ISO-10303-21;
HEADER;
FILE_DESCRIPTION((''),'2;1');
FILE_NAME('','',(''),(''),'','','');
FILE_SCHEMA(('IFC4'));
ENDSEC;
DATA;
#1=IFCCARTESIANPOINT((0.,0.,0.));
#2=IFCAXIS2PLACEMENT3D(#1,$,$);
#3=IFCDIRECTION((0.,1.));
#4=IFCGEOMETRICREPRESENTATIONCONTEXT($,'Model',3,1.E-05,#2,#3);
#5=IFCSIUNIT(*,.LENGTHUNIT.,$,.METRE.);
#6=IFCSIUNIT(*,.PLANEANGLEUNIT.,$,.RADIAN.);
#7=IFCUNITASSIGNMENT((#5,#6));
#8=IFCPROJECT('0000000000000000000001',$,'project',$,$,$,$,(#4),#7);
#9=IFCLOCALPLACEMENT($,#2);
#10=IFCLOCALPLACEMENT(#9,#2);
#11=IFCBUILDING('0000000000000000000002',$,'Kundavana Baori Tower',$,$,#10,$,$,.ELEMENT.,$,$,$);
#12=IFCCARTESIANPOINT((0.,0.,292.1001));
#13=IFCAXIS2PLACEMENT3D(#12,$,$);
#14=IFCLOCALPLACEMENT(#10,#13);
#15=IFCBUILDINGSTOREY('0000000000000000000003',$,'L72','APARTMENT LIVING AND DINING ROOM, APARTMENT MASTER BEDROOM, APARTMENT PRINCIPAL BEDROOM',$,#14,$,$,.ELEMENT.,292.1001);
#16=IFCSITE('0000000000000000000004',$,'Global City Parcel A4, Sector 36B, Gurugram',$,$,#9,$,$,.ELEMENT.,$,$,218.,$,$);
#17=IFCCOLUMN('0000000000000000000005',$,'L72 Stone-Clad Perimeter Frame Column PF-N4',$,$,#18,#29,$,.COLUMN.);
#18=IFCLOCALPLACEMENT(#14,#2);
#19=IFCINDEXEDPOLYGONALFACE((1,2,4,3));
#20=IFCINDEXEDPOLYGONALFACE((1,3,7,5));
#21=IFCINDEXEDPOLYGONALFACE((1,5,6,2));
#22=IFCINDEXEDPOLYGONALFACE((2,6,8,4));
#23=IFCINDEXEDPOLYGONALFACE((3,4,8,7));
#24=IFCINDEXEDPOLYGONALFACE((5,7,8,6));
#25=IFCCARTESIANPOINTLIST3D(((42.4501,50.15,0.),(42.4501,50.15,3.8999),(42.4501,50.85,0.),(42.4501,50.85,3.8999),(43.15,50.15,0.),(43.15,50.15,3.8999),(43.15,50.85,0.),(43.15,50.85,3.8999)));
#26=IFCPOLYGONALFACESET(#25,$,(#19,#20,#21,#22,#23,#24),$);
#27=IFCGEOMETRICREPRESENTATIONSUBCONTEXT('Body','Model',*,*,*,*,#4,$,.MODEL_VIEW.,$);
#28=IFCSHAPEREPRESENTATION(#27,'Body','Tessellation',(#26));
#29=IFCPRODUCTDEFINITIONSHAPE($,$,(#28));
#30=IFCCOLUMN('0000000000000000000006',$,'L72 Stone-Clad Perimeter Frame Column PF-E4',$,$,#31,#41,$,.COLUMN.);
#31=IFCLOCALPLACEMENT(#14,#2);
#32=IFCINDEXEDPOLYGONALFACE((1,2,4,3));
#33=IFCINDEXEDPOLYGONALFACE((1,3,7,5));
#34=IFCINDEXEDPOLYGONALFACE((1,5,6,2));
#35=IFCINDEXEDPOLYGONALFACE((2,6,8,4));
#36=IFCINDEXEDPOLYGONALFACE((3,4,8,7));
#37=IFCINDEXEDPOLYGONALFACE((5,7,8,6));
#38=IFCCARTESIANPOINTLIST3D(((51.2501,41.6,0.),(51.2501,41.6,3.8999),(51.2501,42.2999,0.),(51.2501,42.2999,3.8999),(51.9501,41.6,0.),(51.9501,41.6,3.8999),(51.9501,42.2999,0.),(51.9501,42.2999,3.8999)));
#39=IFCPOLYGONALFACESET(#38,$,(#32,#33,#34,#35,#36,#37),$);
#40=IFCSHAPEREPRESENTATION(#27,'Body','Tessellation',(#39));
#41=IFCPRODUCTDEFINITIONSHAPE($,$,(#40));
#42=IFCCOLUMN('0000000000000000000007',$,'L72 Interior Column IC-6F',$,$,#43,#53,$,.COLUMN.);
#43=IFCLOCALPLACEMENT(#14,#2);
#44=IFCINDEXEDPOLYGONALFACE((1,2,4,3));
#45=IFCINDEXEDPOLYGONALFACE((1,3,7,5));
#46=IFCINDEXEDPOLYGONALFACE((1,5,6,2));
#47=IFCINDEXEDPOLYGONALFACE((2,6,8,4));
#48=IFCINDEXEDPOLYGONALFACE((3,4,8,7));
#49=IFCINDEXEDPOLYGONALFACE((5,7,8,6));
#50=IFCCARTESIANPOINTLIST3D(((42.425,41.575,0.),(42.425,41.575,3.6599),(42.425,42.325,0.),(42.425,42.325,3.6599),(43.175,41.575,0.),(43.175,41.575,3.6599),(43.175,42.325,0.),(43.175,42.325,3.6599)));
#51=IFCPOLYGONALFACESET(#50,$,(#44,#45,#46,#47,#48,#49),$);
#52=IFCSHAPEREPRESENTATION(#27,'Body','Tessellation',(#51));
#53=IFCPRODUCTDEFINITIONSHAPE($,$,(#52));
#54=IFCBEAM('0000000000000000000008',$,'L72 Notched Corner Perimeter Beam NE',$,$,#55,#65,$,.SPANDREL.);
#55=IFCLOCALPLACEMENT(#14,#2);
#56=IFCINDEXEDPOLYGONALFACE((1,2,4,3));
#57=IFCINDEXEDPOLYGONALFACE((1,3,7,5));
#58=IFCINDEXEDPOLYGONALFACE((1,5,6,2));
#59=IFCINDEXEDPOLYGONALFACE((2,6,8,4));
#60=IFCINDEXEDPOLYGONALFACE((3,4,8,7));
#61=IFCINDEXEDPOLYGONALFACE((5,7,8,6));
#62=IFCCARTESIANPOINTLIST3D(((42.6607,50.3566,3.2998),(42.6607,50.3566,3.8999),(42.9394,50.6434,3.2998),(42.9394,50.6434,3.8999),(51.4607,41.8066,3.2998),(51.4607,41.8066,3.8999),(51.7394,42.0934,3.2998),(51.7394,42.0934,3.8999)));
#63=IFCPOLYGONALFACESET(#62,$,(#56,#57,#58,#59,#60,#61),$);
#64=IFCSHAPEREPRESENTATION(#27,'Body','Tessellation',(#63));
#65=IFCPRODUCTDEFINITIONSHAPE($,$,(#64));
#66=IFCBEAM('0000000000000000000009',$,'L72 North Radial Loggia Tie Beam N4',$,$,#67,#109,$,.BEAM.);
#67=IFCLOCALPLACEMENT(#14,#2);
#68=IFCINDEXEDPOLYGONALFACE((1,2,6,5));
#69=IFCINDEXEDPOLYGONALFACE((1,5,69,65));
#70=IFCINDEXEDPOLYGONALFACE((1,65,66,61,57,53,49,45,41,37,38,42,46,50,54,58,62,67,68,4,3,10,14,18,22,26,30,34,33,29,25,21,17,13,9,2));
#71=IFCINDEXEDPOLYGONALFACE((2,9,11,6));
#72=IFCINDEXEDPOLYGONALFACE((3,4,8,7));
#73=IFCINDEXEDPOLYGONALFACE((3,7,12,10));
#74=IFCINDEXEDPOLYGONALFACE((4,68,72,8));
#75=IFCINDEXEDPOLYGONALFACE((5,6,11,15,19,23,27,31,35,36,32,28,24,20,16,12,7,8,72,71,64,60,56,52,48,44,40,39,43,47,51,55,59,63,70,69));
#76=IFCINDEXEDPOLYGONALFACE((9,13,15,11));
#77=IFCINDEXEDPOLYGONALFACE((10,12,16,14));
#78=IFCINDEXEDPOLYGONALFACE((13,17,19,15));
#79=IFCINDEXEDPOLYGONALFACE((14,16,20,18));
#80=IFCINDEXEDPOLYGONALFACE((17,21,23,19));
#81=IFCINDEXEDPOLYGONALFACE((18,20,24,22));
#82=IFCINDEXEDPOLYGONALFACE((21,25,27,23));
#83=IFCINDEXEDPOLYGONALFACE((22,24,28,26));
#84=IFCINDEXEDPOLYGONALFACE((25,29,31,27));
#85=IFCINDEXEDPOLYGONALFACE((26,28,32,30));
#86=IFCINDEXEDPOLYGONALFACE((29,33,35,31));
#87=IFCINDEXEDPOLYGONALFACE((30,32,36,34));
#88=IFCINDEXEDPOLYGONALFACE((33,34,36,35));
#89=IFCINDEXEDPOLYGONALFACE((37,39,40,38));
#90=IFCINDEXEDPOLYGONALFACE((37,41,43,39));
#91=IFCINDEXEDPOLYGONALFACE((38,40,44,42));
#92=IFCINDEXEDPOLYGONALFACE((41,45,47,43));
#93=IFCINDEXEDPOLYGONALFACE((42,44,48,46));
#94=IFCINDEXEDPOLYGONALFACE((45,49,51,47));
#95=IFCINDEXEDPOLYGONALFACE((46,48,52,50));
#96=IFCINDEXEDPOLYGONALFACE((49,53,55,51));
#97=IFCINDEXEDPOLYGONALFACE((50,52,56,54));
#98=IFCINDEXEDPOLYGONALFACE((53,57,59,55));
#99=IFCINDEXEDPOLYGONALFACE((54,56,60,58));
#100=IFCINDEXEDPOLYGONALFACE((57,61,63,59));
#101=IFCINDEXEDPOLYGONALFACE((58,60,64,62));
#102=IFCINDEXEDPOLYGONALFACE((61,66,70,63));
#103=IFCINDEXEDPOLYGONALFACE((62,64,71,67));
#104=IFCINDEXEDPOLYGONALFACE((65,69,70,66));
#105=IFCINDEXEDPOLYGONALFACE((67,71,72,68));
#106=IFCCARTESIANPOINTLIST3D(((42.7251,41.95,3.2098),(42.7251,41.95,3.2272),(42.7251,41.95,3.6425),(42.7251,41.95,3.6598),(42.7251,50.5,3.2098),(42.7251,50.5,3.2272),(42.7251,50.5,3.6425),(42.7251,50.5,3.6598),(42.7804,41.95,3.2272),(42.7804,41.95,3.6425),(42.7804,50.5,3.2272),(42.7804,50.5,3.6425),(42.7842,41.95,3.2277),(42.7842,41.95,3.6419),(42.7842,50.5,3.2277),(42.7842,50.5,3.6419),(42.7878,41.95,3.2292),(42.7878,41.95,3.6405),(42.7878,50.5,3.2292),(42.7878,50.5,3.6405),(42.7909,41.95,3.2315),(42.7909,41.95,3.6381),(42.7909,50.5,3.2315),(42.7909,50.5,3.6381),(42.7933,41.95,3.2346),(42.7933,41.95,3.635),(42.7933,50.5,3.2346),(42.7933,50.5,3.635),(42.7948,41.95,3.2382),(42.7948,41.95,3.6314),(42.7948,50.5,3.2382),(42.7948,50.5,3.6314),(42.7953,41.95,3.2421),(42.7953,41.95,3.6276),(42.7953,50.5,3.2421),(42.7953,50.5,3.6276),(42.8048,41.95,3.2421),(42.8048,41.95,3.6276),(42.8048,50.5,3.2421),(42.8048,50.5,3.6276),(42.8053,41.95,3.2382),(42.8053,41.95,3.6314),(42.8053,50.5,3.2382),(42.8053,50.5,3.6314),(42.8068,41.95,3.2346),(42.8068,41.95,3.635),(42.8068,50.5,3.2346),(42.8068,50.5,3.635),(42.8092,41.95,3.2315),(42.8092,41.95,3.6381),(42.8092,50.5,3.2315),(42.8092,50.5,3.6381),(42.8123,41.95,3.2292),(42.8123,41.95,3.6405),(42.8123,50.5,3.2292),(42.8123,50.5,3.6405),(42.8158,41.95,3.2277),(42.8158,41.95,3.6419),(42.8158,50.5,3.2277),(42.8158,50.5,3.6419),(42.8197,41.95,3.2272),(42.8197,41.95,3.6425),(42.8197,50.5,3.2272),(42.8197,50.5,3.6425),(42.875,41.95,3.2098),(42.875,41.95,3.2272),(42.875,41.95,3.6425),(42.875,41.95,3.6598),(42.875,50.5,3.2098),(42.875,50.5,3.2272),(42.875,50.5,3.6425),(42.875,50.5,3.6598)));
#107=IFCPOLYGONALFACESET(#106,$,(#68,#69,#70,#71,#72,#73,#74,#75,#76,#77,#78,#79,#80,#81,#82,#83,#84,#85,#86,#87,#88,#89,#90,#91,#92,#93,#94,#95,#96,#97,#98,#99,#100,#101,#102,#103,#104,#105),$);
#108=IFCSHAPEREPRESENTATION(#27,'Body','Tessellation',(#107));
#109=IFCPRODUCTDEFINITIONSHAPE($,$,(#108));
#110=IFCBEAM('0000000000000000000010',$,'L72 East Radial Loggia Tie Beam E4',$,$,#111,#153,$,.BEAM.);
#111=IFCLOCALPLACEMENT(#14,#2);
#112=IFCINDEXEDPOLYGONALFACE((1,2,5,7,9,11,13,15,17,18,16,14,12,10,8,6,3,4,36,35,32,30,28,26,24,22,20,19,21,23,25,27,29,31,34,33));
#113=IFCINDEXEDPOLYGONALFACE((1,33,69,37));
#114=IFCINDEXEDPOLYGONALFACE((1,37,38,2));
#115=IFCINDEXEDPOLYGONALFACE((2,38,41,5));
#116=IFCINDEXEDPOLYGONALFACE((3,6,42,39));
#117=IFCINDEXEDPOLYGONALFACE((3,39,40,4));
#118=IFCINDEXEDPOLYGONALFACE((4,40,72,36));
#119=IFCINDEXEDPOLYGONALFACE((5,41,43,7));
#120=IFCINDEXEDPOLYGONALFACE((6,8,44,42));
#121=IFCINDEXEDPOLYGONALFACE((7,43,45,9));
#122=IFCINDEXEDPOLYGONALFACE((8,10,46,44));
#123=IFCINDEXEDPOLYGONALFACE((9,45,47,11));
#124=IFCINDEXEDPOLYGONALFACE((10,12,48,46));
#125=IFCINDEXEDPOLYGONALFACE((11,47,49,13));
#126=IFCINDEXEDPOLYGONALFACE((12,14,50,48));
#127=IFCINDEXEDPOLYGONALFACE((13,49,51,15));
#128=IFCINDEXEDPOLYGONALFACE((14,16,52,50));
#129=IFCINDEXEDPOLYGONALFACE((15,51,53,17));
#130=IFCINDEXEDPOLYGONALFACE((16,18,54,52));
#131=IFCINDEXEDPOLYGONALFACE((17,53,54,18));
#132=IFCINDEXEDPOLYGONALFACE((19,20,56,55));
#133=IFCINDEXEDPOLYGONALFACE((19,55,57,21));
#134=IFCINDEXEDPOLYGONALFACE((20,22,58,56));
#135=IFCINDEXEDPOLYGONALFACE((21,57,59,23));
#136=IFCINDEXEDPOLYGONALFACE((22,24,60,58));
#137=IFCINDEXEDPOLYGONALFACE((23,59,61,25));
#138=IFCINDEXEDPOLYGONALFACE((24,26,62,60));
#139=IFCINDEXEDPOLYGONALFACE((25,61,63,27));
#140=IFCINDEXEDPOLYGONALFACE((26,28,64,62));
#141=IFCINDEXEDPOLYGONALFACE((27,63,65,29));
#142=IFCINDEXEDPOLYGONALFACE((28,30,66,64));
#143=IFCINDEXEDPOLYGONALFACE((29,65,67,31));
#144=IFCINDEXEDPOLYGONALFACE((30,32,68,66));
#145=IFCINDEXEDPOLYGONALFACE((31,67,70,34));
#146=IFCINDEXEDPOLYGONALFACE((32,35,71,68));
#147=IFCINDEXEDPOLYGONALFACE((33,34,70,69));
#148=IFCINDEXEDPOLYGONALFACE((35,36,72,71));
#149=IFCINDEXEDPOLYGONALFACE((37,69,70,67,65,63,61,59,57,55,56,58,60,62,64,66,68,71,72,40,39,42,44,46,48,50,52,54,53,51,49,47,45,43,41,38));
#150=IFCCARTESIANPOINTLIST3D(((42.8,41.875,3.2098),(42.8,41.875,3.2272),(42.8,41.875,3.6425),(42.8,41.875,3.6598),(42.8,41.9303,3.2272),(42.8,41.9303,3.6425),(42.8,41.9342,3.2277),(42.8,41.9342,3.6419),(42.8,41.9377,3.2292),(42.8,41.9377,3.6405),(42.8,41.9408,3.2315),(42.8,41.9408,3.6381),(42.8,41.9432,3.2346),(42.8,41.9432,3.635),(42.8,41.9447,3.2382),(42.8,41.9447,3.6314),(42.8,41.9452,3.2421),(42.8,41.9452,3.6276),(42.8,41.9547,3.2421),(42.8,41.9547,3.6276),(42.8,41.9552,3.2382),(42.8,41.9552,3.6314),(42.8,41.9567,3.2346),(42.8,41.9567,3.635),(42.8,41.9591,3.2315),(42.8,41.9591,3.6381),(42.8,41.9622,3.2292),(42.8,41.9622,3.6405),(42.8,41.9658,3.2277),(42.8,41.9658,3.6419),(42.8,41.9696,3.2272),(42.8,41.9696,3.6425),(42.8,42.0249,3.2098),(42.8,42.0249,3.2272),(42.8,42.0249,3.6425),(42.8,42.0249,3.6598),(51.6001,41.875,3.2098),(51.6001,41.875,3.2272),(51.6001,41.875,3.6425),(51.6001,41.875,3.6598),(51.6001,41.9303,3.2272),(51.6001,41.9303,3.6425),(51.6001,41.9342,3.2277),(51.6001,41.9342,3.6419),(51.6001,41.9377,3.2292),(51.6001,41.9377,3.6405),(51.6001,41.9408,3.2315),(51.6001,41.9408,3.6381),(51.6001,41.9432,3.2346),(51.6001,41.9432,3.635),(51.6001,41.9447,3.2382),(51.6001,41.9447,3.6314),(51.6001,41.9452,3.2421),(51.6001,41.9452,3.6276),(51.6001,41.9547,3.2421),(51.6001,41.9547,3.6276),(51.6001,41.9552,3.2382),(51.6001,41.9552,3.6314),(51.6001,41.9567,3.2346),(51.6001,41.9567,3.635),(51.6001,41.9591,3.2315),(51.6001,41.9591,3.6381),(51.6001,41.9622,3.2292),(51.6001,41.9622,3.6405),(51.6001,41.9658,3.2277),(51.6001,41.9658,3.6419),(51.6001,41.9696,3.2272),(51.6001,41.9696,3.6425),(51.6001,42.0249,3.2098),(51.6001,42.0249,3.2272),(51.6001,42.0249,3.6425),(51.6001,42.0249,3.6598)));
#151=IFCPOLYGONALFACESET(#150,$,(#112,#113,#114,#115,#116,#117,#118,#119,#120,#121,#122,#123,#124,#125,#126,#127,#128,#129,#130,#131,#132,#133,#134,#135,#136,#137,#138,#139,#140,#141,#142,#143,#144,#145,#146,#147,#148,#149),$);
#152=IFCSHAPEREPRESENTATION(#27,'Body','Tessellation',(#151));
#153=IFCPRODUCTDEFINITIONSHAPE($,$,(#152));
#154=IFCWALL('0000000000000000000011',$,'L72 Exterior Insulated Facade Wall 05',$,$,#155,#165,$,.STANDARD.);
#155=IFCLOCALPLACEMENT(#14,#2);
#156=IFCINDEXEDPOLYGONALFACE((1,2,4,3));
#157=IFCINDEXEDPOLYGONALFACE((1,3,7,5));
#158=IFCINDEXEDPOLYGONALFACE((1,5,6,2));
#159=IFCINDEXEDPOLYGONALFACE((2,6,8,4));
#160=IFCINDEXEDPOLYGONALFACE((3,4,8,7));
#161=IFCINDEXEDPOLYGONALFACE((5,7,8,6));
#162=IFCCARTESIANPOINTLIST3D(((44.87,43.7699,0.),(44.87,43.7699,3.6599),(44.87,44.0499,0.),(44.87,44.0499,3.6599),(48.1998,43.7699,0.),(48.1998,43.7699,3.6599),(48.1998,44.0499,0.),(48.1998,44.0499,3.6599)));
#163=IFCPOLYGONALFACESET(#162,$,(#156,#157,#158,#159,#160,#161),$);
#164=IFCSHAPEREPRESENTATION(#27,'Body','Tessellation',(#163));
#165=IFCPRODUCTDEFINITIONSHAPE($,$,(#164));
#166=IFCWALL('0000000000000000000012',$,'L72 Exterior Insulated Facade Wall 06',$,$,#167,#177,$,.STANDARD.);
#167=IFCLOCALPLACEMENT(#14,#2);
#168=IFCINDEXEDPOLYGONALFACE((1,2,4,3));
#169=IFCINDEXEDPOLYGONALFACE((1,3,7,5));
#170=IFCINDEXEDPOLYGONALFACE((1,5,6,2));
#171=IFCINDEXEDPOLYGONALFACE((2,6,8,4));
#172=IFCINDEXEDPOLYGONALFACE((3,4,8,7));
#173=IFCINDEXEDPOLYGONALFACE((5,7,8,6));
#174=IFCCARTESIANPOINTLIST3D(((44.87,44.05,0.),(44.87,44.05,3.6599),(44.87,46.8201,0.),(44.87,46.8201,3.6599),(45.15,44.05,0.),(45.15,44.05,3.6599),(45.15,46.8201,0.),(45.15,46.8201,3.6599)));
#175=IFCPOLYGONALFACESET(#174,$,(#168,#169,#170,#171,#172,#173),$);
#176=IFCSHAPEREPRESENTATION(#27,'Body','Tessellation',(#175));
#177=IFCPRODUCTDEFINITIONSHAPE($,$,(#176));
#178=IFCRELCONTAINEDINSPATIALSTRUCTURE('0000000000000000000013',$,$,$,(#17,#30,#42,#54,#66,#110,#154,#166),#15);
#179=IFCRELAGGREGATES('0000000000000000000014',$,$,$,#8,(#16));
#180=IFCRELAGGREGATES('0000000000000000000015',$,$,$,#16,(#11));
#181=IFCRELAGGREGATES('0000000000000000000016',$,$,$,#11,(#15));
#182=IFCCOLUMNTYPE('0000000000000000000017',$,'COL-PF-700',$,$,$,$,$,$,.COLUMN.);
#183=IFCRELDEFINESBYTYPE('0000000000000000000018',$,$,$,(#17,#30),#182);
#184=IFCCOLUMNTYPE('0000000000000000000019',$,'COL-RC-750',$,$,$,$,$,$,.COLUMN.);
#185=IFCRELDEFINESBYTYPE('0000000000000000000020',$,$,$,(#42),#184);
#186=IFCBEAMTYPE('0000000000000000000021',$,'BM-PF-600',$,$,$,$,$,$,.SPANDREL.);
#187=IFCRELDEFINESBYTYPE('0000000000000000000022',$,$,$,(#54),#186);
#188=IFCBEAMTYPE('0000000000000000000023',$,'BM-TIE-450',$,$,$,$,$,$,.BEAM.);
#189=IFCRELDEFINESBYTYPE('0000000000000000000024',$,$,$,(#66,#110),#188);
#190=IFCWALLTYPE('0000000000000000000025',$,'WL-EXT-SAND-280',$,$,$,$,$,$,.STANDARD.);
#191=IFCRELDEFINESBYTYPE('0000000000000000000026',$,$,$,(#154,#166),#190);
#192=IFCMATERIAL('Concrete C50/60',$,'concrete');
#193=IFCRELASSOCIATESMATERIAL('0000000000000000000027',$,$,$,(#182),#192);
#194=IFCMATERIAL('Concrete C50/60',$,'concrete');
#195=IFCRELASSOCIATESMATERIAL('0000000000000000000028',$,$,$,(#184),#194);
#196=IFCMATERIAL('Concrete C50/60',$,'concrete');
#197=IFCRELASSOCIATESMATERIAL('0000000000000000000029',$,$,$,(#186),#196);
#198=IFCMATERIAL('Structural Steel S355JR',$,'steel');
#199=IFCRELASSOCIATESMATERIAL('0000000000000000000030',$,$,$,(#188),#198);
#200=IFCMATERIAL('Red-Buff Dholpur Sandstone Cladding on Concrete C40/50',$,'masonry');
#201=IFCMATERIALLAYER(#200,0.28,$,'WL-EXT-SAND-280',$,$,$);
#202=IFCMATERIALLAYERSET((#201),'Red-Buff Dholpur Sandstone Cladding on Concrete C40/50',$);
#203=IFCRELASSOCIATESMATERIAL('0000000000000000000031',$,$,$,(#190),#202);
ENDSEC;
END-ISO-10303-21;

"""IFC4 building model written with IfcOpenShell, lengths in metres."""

from ifc_helpers import new_model, si_unit, direction, frame, frame_2d, origin, origin_2d, place, context, subcontext, project, spatial, rectangle, i_section, extrude, material, layer, layer_set, material_profile, profile_set, type_object, element, save


model = new_model("IFC4")

# Units and contexts
model_context = context("Model", 3, precision=1e-05, world=origin(), true_north=direction((0.0, 1.0)))
body_context = subcontext(model_context, "Body", "Model", "MODEL_VIEW")
ifc_project = project(units=[si_unit("LENGTHUNIT", "METRE"), si_unit("PLANEANGLEUNIT", "RADIAN")], contexts=[model_context])

# Site, building, storey
site_placement = place(None, origin())
site = spatial("IfcSite", under=ifc_project, at=site_placement, Name="Global City Parcel A4, Sector 36B, Gurugram", CompositionType="ELEMENT", RefElevation=218.0)
building_placement = place(site_placement, origin())
building = spatial("IfcBuilding", under=site, at=building_placement, Name="Kundavana Baori Tower", CompositionType="ELEMENT")
storey_placement = place(building_placement, frame((0.0, 0.0, 292.1001)))
storey = spatial("IfcBuildingStorey", under=building, at=storey_placement, Name="L72", Description="APARTMENT LIVING AND DINING ROOM, APARTMENT MASTER BEDROOM, APARTMENT PRINCIPAL BEDROOM", CompositionType="ELEMENT", Elevation=292.1001)

# Columns
ifc_material_1 = material(Name="Concrete C50/60", Category="concrete")
ifc_material_profile_1 = material_profile(ifc_material_1, rectangle(XDim=0.7, YDim=0.7, at=origin_2d()), Name="RC PF 700x700")
ifc_profile_set_1 = profile_set([ifc_material_profile_1], Name="Concrete C50/60")
column_type_1 = type_object("IfcColumnType", Name="COL-PF-700", PredefinedType="COLUMN", material=ifc_profile_set_1)
for number, where, z_axis, x_axis, name in (
    (1, (42.8, 50.5, 0.0), (0.0, 0.0, 1.0), (1.0, 0.0, 0.0), "L72 Stone-Clad Perimeter Frame Column PF-N4"),
    (2, (51.6001, 41.95, 0.0), (0.0, 0.0, 1.0), (1.0, 0.0, 0.0), "L72 Stone-Clad Perimeter Frame Column PF-E4"),
):
    element("IfcColumn", number, at=place(storey_placement, frame(where, z_axis=z_axis, x_axis=x_axis)), inside=storey, type_object=column_type_1, Name=name, PredefinedType="COLUMN", context=body_context, shape_type="SweptSolid", body=[
        extrude(rectangle(XDim=0.7, YDim=0.7, at=origin_2d()), origin(), (0.0, 0.0, 1.0), 3.8999),
    ])
ifc_material_2 = material(Name="Concrete C50/60", Category="concrete")
ifc_material_profile_2 = material_profile(ifc_material_2, rectangle(XDim=0.75, YDim=0.75, at=origin_2d()), Name="RC 750x750")
ifc_profile_set_2 = profile_set([ifc_material_profile_2], Name="Concrete C50/60")
column_type_2 = type_object("IfcColumnType", Name="COL-RC-750", PredefinedType="COLUMN", material=ifc_profile_set_2)
column_placement = place(storey_placement, frame((42.8, 41.95, 0.0), z_axis=(0.0, 0.0, 1.0), x_axis=(1.0, 0.0, 0.0)))
element("IfcColumn", 3, at=column_placement, inside=storey, type_object=column_type_2, Name="L72 Interior Column IC-6F", PredefinedType="COLUMN", context=body_context, shape_type="SweptSolid", body=[
    extrude(rectangle(XDim=0.75, YDim=0.75, at=origin_2d()), origin(), (0.0, 0.0, 1.0), 3.6599),
])

# Beams
ifc_material_3 = material(Name="Concrete C50/60", Category="concrete")
ifc_material_profile_3 = material_profile(ifc_material_3, rectangle(XDim=0.3999, YDim=0.6001, at=origin_2d()), Name="RC BM 400x600")
ifc_profile_set_3 = profile_set([ifc_material_profile_3], Name="Concrete C50/60")
beam_type_1 = type_object("IfcBeamType", Name="BM-PF-600", PredefinedType="SPANDREL", material=ifc_profile_set_3)
beam_1_placement = place(storey_placement, frame((42.8, 50.5, 3.5999), z_axis=(0.717221, -0.696846, 0.0), x_axis=(0.696846, 0.717221, 0.0)))
element("IfcBeam", 4, at=beam_1_placement, inside=storey, type_object=beam_type_1, Name="L72 Notched Corner Perimeter Beam NE", PredefinedType="SPANDREL", context=body_context, shape_type="SweptSolid", body=[
    extrude(rectangle(XDim=0.3999, YDim=0.6001, at=origin_2d()), origin(), (0.0, 0.0, 1.0), 12.2695),
])
ifc_material_4 = material(Name="Structural Steel S355JR", Category="steel")
ifc_material_profile_4 = material_profile(ifc_material_4, i_section(OverallWidth=0.1499, OverallDepth=0.45, WebThickness=0.0095, FlangeThickness=0.0173, FilletRadius=0.0149, at=origin_2d()), Name="ISMB 450")
ifc_profile_set_4 = profile_set([ifc_material_profile_4], Name="Structural Steel S355JR")
beam_type_2 = type_object("IfcBeamType", Name="BM-TIE-450", PredefinedType="BEAM", material=ifc_profile_set_4)
beam_2_placement = place(storey_placement, frame((42.8, 41.95, 3.4348), z_axis=(0.0, 1.0, 0.0), x_axis=(-1.0, 0.0, 0.0)))
element("IfcBeam", 5, at=beam_2_placement, inside=storey, type_object=beam_type_2, Name="L72 North Radial Loggia Tie Beam N4", PredefinedType="BEAM", context=body_context, shape_type="SweptSolid", body=[
    extrude(i_section(OverallWidth=0.1499, OverallDepth=0.45, WebThickness=0.0095, FlangeThickness=0.0173, FilletRadius=0.0149, at=origin_2d()), origin(), (0.0, 0.0, 1.0), 8.55),
])
beam_3_placement = place(storey_placement, frame((42.8, 41.95, 3.4348), z_axis=(1.0, 0.0, 0.0), x_axis=(0.0, 1.0, 0.0)))
element("IfcBeam", 6, at=beam_3_placement, inside=storey, type_object=beam_type_2, Name="L72 East Radial Loggia Tie Beam E4", PredefinedType="BEAM", context=body_context, shape_type="SweptSolid", body=[
    extrude(i_section(OverallWidth=0.1499, OverallDepth=0.45, WebThickness=0.0095, FlangeThickness=0.0173, FilletRadius=0.0149, at=origin_2d()), origin(), (0.0, 0.0, 1.0), 8.8),
])

# Walls
ifc_material_5 = material(Name="Red-Buff Dholpur Sandstone Cladding on Concrete C40/50", Category="masonry")
ifc_layer_1 = layer(ifc_material_5, 0.28, Name="WL-EXT-SAND-280")
ifc_layer_set_1 = layer_set([ifc_layer_1], Name="Red-Buff Dholpur Sandstone Cladding on Concrete C40/50")
wall_type_1 = type_object("IfcWallType", Name="WL-EXT-SAND-280", PredefinedType="STANDARD", material=ifc_layer_set_1)
wall_1_placement = place(storey_placement, frame((48.2, 43.9099, 0.0), z_axis=(0.0, 0.0, 1.0), x_axis=(-1.0, 0.0, 0.0)))
element("IfcWall", 7, at=wall_1_placement, inside=storey, type_object=wall_type_1, Name="L72 Exterior Insulated Facade Wall 05", PredefinedType="STANDARD", context=body_context, shape_type="SweptSolid", body=[
    extrude(rectangle(XDim=3.3298, YDim=0.28, at=frame_2d((1.665, 0.0))), origin(), (0.0, 0.0, 1.0), 3.6599),
])
wall_2_placement = place(storey_placement, frame((45.01, 44.05, 0.0), z_axis=(0.0, 0.0, 1.0), x_axis=(0.0, 1.0, 0.0)))
element("IfcWall", 8, at=wall_2_placement, inside=storey, type_object=wall_type_1, Name="L72 Exterior Insulated Facade Wall 06", PredefinedType="STANDARD", context=body_context, shape_type="SweptSolid", body=[
    extrude(rectangle(XDim=2.77, YDim=0.28, at=frame_2d((1.385, 0.0))), origin(), (0.0, 0.0, 1.0), 3.6599),
])

save(model, "model.ifc")
